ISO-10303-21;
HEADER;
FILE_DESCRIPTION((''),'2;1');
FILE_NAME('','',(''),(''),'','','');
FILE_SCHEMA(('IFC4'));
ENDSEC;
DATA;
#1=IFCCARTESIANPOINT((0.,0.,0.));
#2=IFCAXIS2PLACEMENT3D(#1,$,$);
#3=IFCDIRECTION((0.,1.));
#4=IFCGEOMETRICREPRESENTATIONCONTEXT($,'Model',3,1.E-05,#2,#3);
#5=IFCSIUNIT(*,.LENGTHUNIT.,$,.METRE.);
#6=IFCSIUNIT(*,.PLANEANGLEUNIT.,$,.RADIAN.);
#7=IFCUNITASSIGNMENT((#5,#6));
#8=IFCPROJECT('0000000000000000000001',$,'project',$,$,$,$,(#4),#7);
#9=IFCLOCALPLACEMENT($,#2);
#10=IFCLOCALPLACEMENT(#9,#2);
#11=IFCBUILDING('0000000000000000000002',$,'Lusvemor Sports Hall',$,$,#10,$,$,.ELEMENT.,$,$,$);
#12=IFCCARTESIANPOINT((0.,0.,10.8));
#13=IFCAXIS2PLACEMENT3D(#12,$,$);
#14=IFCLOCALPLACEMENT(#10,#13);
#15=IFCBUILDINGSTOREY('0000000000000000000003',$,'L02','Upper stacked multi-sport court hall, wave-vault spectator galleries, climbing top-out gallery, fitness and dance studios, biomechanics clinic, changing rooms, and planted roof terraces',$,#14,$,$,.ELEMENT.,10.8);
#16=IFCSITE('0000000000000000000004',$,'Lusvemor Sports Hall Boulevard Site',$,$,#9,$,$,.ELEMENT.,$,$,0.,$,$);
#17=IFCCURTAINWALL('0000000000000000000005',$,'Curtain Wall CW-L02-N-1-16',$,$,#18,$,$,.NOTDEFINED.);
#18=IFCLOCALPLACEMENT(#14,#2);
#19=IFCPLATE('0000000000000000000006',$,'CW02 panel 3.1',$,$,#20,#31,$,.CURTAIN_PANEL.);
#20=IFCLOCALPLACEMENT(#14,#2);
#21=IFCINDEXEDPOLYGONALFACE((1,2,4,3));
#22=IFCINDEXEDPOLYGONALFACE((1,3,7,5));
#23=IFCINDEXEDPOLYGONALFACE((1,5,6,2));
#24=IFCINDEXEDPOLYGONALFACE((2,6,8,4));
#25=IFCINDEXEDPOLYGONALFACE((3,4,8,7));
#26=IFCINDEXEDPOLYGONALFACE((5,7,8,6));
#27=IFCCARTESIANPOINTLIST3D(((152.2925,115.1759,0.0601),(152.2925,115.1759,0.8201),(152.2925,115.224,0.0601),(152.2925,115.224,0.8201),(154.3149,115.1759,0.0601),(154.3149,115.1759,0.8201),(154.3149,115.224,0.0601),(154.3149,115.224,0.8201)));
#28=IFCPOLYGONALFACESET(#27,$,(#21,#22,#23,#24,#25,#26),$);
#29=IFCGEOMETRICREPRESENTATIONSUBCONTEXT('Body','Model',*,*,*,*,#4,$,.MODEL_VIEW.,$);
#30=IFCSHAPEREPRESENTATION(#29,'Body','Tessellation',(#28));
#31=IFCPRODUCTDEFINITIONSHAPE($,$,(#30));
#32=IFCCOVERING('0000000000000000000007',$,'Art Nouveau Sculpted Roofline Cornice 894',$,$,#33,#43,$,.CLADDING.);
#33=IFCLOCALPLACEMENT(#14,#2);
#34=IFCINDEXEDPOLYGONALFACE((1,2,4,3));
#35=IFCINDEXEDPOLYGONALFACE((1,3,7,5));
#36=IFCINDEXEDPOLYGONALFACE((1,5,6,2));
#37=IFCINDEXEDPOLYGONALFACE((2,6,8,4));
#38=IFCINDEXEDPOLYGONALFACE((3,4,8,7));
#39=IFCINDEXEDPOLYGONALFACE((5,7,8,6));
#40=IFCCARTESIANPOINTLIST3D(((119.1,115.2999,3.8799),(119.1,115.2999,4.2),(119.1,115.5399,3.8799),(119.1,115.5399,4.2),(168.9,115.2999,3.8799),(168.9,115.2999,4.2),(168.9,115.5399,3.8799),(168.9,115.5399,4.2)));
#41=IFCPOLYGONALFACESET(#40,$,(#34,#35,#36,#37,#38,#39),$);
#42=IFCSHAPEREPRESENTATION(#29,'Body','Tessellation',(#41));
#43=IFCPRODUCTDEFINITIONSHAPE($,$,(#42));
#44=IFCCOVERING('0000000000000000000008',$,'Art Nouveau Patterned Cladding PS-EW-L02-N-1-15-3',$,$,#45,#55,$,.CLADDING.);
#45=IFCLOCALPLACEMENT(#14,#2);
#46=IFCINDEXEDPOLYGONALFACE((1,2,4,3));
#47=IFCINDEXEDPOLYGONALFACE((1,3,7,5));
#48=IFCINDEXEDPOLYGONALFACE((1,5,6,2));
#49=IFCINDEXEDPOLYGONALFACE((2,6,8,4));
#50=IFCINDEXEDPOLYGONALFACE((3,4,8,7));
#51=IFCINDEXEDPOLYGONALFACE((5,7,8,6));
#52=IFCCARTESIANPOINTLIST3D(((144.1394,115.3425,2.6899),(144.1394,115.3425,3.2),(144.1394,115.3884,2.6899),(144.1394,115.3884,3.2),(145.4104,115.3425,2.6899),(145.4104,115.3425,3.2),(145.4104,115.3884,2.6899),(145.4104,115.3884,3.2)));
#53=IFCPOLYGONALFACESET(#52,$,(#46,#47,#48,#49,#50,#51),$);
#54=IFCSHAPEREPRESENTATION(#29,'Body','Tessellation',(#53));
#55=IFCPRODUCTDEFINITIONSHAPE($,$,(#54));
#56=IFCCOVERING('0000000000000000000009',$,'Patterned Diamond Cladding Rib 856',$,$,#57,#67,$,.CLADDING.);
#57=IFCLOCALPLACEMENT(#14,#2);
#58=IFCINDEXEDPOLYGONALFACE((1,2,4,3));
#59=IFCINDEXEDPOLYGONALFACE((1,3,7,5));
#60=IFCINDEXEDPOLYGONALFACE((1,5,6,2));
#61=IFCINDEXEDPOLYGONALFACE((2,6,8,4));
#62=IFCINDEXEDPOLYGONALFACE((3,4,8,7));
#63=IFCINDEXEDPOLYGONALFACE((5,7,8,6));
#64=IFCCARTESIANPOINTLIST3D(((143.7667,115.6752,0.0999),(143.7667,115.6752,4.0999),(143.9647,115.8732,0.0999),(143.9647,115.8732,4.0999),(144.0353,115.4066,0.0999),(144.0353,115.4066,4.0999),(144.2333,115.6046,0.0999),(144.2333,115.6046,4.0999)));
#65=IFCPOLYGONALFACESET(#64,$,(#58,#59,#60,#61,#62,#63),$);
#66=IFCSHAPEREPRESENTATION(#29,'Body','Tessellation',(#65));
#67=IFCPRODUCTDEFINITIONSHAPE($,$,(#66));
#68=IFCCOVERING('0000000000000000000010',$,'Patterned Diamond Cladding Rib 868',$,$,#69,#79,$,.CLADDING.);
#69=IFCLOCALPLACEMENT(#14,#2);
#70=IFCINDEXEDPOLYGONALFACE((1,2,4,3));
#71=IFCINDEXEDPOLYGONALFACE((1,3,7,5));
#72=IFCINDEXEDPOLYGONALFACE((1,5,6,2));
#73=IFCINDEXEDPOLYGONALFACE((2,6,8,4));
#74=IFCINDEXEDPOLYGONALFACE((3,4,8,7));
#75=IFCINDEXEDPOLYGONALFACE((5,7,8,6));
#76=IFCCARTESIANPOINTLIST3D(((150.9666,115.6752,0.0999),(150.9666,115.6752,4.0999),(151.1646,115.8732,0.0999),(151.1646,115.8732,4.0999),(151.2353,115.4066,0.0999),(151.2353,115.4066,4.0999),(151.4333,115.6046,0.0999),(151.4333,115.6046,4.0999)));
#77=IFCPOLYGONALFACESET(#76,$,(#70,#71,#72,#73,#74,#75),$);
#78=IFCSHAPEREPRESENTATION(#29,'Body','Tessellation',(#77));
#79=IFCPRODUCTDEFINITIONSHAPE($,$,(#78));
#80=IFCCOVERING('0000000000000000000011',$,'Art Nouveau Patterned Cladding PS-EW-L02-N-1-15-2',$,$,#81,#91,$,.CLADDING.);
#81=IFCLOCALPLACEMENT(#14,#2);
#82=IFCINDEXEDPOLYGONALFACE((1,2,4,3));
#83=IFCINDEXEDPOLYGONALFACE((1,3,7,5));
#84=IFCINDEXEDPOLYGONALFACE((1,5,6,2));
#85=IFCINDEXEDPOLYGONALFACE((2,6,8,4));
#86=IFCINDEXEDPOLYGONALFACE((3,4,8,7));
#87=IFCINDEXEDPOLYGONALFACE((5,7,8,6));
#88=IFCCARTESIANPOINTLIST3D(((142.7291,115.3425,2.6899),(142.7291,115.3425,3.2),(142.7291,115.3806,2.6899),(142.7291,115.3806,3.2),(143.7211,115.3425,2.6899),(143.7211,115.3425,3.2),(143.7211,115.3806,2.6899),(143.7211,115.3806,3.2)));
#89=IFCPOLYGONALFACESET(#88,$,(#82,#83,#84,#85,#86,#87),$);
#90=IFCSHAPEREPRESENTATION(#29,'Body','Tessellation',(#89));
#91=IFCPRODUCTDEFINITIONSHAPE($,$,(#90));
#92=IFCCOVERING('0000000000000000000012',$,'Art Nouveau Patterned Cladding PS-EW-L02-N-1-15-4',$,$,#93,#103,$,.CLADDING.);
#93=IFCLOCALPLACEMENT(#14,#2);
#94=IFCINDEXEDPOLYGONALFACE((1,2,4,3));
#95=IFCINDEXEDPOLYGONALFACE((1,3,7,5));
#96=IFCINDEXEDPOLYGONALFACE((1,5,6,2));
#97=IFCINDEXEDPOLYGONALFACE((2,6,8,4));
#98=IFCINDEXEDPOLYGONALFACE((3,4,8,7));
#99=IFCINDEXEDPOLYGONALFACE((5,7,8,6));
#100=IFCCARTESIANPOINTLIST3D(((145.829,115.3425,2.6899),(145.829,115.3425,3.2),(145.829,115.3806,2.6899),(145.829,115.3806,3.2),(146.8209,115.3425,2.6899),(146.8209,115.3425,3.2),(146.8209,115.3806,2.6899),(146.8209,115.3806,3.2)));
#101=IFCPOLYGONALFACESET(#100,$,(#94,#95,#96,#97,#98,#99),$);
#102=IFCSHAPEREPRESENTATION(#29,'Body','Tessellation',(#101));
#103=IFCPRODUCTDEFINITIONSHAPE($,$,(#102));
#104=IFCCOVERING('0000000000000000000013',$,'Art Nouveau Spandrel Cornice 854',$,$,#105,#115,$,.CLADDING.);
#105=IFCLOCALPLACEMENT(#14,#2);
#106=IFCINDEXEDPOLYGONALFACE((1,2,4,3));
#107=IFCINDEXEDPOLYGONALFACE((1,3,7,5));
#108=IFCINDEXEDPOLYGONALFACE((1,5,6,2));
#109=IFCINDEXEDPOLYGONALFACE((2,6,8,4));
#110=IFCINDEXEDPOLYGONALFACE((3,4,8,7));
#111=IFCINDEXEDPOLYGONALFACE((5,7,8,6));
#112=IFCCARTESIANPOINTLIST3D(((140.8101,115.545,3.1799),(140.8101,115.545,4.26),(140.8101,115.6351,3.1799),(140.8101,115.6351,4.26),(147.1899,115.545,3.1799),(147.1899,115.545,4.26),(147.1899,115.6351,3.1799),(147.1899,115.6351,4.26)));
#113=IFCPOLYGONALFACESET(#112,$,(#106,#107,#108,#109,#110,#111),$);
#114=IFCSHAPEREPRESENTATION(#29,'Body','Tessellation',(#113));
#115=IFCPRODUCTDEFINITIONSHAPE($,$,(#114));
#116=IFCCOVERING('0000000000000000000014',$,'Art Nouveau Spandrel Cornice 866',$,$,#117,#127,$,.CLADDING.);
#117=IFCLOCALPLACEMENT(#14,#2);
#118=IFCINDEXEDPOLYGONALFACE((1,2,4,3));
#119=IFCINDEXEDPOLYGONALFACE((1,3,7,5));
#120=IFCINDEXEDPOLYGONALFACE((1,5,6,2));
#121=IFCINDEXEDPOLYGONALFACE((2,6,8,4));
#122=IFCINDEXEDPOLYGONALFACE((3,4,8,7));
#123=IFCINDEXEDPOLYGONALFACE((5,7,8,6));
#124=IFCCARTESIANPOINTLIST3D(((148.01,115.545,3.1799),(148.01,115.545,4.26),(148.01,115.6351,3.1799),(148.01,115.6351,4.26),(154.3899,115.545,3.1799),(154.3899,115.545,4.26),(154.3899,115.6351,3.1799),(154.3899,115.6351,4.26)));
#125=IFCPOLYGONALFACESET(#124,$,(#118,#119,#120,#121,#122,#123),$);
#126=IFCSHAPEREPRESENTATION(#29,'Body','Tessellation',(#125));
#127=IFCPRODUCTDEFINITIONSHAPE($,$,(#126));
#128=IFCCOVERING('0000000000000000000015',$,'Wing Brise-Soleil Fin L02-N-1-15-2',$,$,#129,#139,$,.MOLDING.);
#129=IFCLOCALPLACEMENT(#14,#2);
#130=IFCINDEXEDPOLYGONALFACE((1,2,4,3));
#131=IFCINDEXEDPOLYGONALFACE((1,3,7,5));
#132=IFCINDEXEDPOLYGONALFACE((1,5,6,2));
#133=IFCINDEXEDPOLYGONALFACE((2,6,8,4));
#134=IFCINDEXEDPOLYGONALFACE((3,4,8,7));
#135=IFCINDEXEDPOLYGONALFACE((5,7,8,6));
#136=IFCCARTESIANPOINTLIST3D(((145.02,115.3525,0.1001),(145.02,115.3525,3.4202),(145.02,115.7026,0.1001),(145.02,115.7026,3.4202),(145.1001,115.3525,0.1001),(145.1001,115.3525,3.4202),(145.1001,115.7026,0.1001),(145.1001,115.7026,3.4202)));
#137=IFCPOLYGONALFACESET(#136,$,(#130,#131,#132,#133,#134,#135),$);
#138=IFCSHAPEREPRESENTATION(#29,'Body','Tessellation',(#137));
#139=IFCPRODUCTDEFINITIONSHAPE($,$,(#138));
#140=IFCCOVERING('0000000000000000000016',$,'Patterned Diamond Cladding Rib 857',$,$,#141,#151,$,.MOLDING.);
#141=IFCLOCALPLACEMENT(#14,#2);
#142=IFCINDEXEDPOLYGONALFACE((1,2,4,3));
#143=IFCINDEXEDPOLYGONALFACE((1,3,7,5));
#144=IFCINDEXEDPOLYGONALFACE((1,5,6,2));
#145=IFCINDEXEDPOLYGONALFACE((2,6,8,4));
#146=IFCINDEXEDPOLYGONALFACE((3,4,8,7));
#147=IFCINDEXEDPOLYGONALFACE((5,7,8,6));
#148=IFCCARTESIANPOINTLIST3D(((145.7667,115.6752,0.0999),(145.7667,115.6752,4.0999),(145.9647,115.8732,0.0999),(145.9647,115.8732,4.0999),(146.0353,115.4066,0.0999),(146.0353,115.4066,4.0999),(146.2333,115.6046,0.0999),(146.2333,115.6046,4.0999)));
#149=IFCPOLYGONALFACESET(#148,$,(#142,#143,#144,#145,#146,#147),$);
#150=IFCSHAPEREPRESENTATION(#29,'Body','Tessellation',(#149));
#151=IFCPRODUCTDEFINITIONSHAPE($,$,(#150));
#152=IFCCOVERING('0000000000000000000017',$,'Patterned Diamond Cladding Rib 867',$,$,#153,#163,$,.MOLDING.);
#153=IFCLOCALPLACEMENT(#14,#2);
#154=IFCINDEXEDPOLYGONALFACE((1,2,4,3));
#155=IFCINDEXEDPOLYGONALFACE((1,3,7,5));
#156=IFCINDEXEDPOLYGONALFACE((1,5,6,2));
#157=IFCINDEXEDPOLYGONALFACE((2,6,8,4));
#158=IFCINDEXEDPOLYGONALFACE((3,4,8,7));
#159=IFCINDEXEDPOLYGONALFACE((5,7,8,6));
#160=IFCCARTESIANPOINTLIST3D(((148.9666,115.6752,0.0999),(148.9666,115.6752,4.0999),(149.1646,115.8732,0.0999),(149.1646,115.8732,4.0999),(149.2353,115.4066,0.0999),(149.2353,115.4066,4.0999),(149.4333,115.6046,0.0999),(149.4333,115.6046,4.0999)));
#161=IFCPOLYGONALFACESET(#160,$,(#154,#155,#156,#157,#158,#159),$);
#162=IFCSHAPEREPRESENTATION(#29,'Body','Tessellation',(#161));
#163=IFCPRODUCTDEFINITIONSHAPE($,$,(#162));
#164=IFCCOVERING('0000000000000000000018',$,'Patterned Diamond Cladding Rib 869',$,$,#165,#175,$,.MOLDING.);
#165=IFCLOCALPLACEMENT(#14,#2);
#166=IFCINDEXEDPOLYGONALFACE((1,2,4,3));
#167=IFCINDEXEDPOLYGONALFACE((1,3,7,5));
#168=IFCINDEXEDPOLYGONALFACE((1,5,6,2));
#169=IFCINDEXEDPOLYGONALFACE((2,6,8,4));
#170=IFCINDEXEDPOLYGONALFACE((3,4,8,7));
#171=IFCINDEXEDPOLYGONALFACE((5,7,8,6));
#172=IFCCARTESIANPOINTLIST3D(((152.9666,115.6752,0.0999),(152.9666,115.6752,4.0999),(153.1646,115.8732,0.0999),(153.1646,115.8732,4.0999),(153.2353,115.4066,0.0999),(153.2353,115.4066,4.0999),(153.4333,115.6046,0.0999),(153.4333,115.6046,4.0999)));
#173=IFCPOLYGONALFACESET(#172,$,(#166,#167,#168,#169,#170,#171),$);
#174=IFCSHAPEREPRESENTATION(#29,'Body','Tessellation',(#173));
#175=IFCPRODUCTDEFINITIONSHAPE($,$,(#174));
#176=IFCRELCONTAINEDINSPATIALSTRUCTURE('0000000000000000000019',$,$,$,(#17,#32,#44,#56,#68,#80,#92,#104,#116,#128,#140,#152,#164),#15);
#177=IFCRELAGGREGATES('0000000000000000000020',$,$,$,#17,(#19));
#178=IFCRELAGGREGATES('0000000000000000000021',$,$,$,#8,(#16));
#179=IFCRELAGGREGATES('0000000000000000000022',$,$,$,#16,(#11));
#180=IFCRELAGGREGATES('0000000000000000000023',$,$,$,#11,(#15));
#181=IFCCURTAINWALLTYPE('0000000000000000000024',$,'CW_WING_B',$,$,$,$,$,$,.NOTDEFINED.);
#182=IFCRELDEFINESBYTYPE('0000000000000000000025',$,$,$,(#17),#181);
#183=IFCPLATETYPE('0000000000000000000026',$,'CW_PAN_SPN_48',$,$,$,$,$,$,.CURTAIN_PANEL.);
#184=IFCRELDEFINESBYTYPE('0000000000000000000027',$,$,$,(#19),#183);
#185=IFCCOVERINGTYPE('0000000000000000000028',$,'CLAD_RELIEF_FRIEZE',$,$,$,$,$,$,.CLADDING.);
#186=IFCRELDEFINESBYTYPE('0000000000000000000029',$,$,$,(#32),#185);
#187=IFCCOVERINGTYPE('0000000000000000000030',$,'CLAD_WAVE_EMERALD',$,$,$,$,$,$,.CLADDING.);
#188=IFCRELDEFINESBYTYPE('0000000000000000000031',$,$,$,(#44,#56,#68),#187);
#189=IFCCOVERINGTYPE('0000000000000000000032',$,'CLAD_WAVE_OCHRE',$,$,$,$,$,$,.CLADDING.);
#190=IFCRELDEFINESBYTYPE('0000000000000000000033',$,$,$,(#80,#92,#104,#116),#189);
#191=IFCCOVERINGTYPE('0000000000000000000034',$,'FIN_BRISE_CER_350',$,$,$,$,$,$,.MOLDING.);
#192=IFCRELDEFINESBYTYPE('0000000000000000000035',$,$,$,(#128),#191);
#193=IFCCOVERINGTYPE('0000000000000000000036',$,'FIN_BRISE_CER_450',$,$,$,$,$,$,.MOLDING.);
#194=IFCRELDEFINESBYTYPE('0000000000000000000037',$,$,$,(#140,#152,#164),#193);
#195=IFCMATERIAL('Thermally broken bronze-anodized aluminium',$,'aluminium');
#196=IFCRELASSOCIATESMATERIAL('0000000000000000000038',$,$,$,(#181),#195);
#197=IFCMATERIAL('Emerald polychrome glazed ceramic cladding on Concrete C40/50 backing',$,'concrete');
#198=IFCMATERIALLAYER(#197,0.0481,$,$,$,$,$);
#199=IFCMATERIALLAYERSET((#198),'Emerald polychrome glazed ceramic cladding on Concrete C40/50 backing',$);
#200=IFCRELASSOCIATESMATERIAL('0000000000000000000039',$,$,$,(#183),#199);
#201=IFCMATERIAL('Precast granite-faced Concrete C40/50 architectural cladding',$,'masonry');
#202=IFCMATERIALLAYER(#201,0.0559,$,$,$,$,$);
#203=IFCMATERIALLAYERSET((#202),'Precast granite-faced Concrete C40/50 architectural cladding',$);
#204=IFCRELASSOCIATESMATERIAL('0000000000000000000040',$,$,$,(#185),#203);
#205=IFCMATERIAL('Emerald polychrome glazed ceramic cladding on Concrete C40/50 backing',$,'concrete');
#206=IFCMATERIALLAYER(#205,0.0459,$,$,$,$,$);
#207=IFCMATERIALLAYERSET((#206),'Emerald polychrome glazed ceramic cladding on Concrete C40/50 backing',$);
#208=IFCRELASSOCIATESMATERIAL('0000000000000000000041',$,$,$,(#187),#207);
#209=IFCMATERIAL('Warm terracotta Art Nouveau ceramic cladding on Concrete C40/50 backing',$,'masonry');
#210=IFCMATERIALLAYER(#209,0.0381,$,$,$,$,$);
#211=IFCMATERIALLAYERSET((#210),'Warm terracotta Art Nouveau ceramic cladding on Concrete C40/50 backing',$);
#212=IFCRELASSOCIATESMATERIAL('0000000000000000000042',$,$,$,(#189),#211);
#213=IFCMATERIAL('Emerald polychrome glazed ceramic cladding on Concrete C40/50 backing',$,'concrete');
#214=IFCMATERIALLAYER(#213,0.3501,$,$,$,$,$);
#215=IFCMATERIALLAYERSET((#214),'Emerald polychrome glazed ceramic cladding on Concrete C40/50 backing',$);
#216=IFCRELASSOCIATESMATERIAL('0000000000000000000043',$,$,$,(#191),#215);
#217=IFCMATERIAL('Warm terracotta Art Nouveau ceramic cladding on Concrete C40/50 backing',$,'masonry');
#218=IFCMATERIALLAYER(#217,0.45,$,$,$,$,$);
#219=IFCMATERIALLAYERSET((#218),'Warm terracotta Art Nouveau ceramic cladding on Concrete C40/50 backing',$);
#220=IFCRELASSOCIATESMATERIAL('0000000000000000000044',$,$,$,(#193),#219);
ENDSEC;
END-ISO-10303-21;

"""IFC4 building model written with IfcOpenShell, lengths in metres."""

from ifc_helpers import new_model, si_unit, direction, frame, origin, origin_2d, place, context, subcontext, project, spatial, rectangle, extrude, material, layer, layer_set, type_object, element, aggregate, save


model = new_model("IFC4")

# Units and contexts
model_context = context("Model", 3, precision=1e-05, world=origin(), true_north=direction((0.0, 1.0)))
body_context = subcontext(model_context, "Body", "Model", "MODEL_VIEW")
ifc_project = project(units=[si_unit("LENGTHUNIT", "METRE"), si_unit("PLANEANGLEUNIT", "RADIAN")], contexts=[model_context])

# Site, building, storey
site_placement = place(None, origin())
site = spatial("IfcSite", under=ifc_project, at=site_placement, Name="Lusvemor Sports Hall Boulevard Site", CompositionType="ELEMENT", RefElevation=0.0)
building_placement = place(site_placement, origin())
building = spatial("IfcBuilding", under=site, at=building_placement, Name="Lusvemor Sports Hall", CompositionType="ELEMENT")
storey_placement = place(building_placement, frame((0.0, 0.0, 10.8)))
storey = spatial("IfcBuildingStorey", under=building, at=storey_placement, Name="L02", Description="Upper stacked multi-sport court hall, wave-vault spectator galleries, climbing top-out gallery, fitness and dance studios, biomechanics clinic, changing rooms, and planted roof terraces", CompositionType="ELEMENT", Elevation=10.8)

# Curtain wall
ifc_material_1 = material(Name="Thermally broken bronze-anodized aluminium", Category="aluminium")
curtain_wall_type = type_object("IfcCurtainWallType", Name="CW_WING_B", PredefinedType="NOTDEFINED", material=ifc_material_1)
curtain_wall_1_placement = place(storey_placement, origin())
curtain_wall_1 = element("IfcCurtainWall", 1, at=curtain_wall_1_placement, inside=storey, type_object=curtain_wall_type, Name="Curtain Wall CW-L02-N-1-16", PredefinedType="NOTDEFINED")

# Plate
ifc_material_2 = material(Name="Emerald polychrome glazed ceramic cladding on Concrete C40/50 backing", Category="concrete")
ifc_layer_1 = layer(ifc_material_2, 0.0481)
ifc_layer_set_1 = layer_set([ifc_layer_1], Name="Emerald polychrome glazed ceramic cladding on Concrete C40/50 backing")
plate_type_1 = type_object("IfcPlateType", Name="CW_PAN_SPN_48", PredefinedType="CURTAIN_PANEL", material=ifc_layer_set_1)
plate_1_placement = place(storey_placement, frame((153.3037, 115.2, 0.0601), z_axis=(0.0, 0.0, 1.0), x_axis=(1.0, 0.0, 0.0)))
plate_1 = element("IfcPlate", 2, at=plate_1_placement, type_object=plate_type_1, Name="CW02 panel 3.1", PredefinedType="CURTAIN_PANEL", context=body_context, shape_type="SweptSolid", body=[
    extrude(rectangle(XDim=2.0225, YDim=0.0481, at=origin_2d()), origin(), (0.0, 0.0, 1.0), 0.76),
])
aggregate(curtain_wall_1, [plate_1])

# Coverings
ifc_material_3 = material(Name="Precast granite-faced Concrete C40/50 architectural cladding", Category="masonry")
ifc_layer_2 = layer(ifc_material_3, 0.0559)
ifc_layer_set_2 = layer_set([ifc_layer_2], Name="Precast granite-faced Concrete C40/50 architectural cladding")
covering_type_1 = type_object("IfcCoveringType", Name="CLAD_RELIEF_FRIEZE", PredefinedType="CLADDING", material=ifc_layer_set_2)
covering_1_placement = place(storey_placement, frame((144.0, 115.4199, 3.8799), z_axis=(0.0, 0.0, 1.0), x_axis=(1.0, 0.0, 0.0)))
element("IfcCovering", 3, at=covering_1_placement, inside=storey, type_object=covering_type_1, Name="Art Nouveau Sculpted Roofline Cornice 894", PredefinedType="CLADDING", context=body_context, shape_type="SweptSolid", body=[
    extrude(rectangle(XDim=49.8, YDim=0.24, at=origin_2d()), origin(), (0.0, 0.0, 1.0), 0.3201),
])
ifc_material_4 = material(Name="Emerald polychrome glazed ceramic cladding on Concrete C40/50 backing", Category="concrete")
ifc_layer_3 = layer(ifc_material_4, 0.0459)
ifc_layer_set_3 = layer_set([ifc_layer_3], Name="Emerald polychrome glazed ceramic cladding on Concrete C40/50 backing")
covering_type_2 = type_object("IfcCoveringType", Name="CLAD_WAVE_EMERALD", PredefinedType="CLADDING", material=ifc_layer_set_3)
covering_2_placement = place(storey_placement, frame((144.7749, 115.3655, 2.6899), z_axis=(0.0, 0.0, 1.0), x_axis=(1.0, 0.0, 0.0)))
element("IfcCovering", 4, at=covering_2_placement, inside=storey, type_object=covering_type_2, Name="Art Nouveau Patterned Cladding PS-EW-L02-N-1-15-3", PredefinedType="CLADDING", context=body_context, shape_type="SweptSolid", body=[
    extrude(rectangle(XDim=1.271, YDim=0.0459, at=origin_2d()), origin(), (0.0, 0.0, 1.0), 0.51),
])
for number, where, z_axis, x_axis, name in (
    (5, (144.0, 115.6399, 0.0999), (0.0, 0.0, 1.0), (0.707107, 0.707107, 0.0), "Patterned Diamond Cladding Rib 856"),
    (6, (151.2, 115.6399, 0.0999), (0.0, 0.0, 1.0), (0.707107, 0.707107, 0.0), "Patterned Diamond Cladding Rib 868"),
):
    element("IfcCovering", number, at=place(storey_placement, frame(where, z_axis=z_axis, x_axis=x_axis)), inside=storey, type_object=covering_type_2, Name=name, PredefinedType="CLADDING", context=body_context, shape_type="SweptSolid", body=[
        extrude(rectangle(XDim=0.28, YDim=0.3799, at=origin_2d()), origin(), (0.0, 0.0, 1.0), 4.0),
    ])
ifc_material_5 = material(Name="Warm terracotta Art Nouveau ceramic cladding on Concrete C40/50 backing", Category="masonry")
ifc_layer_4 = layer(ifc_material_5, 0.0381)
ifc_layer_set_4 = layer_set([ifc_layer_4], Name="Warm terracotta Art Nouveau ceramic cladding on Concrete C40/50 backing")
covering_type_3 = type_object("IfcCoveringType", Name="CLAD_WAVE_OCHRE", PredefinedType="CLADDING", material=ifc_layer_set_4)
for number, where, z_axis, x_axis, name in (
    (7, (143.2251, 115.3616, 2.6899), (0.0, 0.0, 1.0), (1.0, 0.0, 0.0), "Art Nouveau Patterned Cladding PS-EW-L02-N-1-15-2"),
    (8, (146.325, 115.3616, 2.6899), (0.0, 0.0, 1.0), (1.0, 0.0, 0.0), "Art Nouveau Patterned Cladding PS-EW-L02-N-1-15-4"),
):
    element("IfcCovering", number, at=place(storey_placement, frame(where, z_axis=z_axis, x_axis=x_axis)), inside=storey, type_object=covering_type_3, Name=name, PredefinedType="CLADDING", context=body_context, shape_type="SweptSolid", body=[
        extrude(rectangle(XDim=0.9919, YDim=0.0381, at=origin_2d()), origin(), (0.0, 0.0, 1.0), 0.51),
    ])
for number, where, z_axis, x_axis, name in (
    (9, (144.0, 115.5901, 3.1799), (0.0, 0.0, 1.0), (1.0, 0.0, 0.0), "Art Nouveau Spandrel Cornice 854"),
    (10, (151.2, 115.5901, 3.1799), (0.0, 0.0, 1.0), (1.0, 0.0, 0.0), "Art Nouveau Spandrel Cornice 866"),
):
    element("IfcCovering", number, at=place(storey_placement, frame(where, z_axis=z_axis, x_axis=x_axis)), inside=storey, type_object=covering_type_3, Name=name, PredefinedType="CLADDING", context=body_context, shape_type="SweptSolid", body=[
        extrude(rectangle(XDim=6.3799, YDim=0.0901, at=origin_2d()), origin(), (0.0, 0.0, 1.0), 1.0801),
    ])
ifc_material_6 = material(Name="Emerald polychrome glazed ceramic cladding on Concrete C40/50 backing", Category="concrete")
ifc_layer_5 = layer(ifc_material_6, 0.3501)
ifc_layer_set_5 = layer_set([ifc_layer_5], Name="Emerald polychrome glazed ceramic cladding on Concrete C40/50 backing")
covering_type_4 = type_object("IfcCoveringType", Name="FIN_BRISE_CER_350", PredefinedType="MOLDING", material=ifc_layer_set_5)
covering_3_placement = place(storey_placement, frame((145.0601, 115.5276, 0.1001), z_axis=(0.0, 0.0, 1.0), x_axis=(1.0, 0.0, 0.0)))
element("IfcCovering", 11, at=covering_3_placement, inside=storey, type_object=covering_type_4, Name="Wing Brise-Soleil Fin L02-N-1-15-2", PredefinedType="MOLDING", context=body_context, shape_type="SweptSolid", body=[
    extrude(rectangle(XDim=0.0801, YDim=0.3501, at=origin_2d()), origin(), (0.0, 0.0, 1.0), 3.3201),
])
ifc_material_7 = material(Name="Warm terracotta Art Nouveau ceramic cladding on Concrete C40/50 backing", Category="masonry")
ifc_layer_6 = layer(ifc_material_7, 0.45)
ifc_layer_set_6 = layer_set([ifc_layer_6], Name="Warm terracotta Art Nouveau ceramic cladding on Concrete C40/50 backing")
covering_type_5 = type_object("IfcCoveringType", Name="FIN_BRISE_CER_450", PredefinedType="MOLDING", material=ifc_layer_set_6)
for number, where, z_axis, x_axis, name in (
    (12, (146.0, 115.6399, 0.0999), (0.0, 0.0, 1.0), (0.707107, 0.707107, 0.0), "Patterned Diamond Cladding Rib 857"),
    (13, (149.2, 115.6399, 0.0999), (0.0, 0.0, 1.0), (0.707107, 0.707107, 0.0), "Patterned Diamond Cladding Rib 867"),
    (14, (153.2, 115.6399, 0.0999), (0.0, 0.0, 1.0), (0.707107, 0.707107, 0.0), "Patterned Diamond Cladding Rib 869"),
):
    element("IfcCovering", number, at=place(storey_placement, frame(where, z_axis=z_axis, x_axis=x_axis)), inside=storey, type_object=covering_type_5, Name=name, PredefinedType="MOLDING", context=body_context, shape_type="SweptSolid", body=[
        extrude(rectangle(XDim=0.28, YDim=0.3799, at=origin_2d()), origin(), (0.0, 0.0, 1.0), 4.0),
    ])

save(model, "model.ifc")
